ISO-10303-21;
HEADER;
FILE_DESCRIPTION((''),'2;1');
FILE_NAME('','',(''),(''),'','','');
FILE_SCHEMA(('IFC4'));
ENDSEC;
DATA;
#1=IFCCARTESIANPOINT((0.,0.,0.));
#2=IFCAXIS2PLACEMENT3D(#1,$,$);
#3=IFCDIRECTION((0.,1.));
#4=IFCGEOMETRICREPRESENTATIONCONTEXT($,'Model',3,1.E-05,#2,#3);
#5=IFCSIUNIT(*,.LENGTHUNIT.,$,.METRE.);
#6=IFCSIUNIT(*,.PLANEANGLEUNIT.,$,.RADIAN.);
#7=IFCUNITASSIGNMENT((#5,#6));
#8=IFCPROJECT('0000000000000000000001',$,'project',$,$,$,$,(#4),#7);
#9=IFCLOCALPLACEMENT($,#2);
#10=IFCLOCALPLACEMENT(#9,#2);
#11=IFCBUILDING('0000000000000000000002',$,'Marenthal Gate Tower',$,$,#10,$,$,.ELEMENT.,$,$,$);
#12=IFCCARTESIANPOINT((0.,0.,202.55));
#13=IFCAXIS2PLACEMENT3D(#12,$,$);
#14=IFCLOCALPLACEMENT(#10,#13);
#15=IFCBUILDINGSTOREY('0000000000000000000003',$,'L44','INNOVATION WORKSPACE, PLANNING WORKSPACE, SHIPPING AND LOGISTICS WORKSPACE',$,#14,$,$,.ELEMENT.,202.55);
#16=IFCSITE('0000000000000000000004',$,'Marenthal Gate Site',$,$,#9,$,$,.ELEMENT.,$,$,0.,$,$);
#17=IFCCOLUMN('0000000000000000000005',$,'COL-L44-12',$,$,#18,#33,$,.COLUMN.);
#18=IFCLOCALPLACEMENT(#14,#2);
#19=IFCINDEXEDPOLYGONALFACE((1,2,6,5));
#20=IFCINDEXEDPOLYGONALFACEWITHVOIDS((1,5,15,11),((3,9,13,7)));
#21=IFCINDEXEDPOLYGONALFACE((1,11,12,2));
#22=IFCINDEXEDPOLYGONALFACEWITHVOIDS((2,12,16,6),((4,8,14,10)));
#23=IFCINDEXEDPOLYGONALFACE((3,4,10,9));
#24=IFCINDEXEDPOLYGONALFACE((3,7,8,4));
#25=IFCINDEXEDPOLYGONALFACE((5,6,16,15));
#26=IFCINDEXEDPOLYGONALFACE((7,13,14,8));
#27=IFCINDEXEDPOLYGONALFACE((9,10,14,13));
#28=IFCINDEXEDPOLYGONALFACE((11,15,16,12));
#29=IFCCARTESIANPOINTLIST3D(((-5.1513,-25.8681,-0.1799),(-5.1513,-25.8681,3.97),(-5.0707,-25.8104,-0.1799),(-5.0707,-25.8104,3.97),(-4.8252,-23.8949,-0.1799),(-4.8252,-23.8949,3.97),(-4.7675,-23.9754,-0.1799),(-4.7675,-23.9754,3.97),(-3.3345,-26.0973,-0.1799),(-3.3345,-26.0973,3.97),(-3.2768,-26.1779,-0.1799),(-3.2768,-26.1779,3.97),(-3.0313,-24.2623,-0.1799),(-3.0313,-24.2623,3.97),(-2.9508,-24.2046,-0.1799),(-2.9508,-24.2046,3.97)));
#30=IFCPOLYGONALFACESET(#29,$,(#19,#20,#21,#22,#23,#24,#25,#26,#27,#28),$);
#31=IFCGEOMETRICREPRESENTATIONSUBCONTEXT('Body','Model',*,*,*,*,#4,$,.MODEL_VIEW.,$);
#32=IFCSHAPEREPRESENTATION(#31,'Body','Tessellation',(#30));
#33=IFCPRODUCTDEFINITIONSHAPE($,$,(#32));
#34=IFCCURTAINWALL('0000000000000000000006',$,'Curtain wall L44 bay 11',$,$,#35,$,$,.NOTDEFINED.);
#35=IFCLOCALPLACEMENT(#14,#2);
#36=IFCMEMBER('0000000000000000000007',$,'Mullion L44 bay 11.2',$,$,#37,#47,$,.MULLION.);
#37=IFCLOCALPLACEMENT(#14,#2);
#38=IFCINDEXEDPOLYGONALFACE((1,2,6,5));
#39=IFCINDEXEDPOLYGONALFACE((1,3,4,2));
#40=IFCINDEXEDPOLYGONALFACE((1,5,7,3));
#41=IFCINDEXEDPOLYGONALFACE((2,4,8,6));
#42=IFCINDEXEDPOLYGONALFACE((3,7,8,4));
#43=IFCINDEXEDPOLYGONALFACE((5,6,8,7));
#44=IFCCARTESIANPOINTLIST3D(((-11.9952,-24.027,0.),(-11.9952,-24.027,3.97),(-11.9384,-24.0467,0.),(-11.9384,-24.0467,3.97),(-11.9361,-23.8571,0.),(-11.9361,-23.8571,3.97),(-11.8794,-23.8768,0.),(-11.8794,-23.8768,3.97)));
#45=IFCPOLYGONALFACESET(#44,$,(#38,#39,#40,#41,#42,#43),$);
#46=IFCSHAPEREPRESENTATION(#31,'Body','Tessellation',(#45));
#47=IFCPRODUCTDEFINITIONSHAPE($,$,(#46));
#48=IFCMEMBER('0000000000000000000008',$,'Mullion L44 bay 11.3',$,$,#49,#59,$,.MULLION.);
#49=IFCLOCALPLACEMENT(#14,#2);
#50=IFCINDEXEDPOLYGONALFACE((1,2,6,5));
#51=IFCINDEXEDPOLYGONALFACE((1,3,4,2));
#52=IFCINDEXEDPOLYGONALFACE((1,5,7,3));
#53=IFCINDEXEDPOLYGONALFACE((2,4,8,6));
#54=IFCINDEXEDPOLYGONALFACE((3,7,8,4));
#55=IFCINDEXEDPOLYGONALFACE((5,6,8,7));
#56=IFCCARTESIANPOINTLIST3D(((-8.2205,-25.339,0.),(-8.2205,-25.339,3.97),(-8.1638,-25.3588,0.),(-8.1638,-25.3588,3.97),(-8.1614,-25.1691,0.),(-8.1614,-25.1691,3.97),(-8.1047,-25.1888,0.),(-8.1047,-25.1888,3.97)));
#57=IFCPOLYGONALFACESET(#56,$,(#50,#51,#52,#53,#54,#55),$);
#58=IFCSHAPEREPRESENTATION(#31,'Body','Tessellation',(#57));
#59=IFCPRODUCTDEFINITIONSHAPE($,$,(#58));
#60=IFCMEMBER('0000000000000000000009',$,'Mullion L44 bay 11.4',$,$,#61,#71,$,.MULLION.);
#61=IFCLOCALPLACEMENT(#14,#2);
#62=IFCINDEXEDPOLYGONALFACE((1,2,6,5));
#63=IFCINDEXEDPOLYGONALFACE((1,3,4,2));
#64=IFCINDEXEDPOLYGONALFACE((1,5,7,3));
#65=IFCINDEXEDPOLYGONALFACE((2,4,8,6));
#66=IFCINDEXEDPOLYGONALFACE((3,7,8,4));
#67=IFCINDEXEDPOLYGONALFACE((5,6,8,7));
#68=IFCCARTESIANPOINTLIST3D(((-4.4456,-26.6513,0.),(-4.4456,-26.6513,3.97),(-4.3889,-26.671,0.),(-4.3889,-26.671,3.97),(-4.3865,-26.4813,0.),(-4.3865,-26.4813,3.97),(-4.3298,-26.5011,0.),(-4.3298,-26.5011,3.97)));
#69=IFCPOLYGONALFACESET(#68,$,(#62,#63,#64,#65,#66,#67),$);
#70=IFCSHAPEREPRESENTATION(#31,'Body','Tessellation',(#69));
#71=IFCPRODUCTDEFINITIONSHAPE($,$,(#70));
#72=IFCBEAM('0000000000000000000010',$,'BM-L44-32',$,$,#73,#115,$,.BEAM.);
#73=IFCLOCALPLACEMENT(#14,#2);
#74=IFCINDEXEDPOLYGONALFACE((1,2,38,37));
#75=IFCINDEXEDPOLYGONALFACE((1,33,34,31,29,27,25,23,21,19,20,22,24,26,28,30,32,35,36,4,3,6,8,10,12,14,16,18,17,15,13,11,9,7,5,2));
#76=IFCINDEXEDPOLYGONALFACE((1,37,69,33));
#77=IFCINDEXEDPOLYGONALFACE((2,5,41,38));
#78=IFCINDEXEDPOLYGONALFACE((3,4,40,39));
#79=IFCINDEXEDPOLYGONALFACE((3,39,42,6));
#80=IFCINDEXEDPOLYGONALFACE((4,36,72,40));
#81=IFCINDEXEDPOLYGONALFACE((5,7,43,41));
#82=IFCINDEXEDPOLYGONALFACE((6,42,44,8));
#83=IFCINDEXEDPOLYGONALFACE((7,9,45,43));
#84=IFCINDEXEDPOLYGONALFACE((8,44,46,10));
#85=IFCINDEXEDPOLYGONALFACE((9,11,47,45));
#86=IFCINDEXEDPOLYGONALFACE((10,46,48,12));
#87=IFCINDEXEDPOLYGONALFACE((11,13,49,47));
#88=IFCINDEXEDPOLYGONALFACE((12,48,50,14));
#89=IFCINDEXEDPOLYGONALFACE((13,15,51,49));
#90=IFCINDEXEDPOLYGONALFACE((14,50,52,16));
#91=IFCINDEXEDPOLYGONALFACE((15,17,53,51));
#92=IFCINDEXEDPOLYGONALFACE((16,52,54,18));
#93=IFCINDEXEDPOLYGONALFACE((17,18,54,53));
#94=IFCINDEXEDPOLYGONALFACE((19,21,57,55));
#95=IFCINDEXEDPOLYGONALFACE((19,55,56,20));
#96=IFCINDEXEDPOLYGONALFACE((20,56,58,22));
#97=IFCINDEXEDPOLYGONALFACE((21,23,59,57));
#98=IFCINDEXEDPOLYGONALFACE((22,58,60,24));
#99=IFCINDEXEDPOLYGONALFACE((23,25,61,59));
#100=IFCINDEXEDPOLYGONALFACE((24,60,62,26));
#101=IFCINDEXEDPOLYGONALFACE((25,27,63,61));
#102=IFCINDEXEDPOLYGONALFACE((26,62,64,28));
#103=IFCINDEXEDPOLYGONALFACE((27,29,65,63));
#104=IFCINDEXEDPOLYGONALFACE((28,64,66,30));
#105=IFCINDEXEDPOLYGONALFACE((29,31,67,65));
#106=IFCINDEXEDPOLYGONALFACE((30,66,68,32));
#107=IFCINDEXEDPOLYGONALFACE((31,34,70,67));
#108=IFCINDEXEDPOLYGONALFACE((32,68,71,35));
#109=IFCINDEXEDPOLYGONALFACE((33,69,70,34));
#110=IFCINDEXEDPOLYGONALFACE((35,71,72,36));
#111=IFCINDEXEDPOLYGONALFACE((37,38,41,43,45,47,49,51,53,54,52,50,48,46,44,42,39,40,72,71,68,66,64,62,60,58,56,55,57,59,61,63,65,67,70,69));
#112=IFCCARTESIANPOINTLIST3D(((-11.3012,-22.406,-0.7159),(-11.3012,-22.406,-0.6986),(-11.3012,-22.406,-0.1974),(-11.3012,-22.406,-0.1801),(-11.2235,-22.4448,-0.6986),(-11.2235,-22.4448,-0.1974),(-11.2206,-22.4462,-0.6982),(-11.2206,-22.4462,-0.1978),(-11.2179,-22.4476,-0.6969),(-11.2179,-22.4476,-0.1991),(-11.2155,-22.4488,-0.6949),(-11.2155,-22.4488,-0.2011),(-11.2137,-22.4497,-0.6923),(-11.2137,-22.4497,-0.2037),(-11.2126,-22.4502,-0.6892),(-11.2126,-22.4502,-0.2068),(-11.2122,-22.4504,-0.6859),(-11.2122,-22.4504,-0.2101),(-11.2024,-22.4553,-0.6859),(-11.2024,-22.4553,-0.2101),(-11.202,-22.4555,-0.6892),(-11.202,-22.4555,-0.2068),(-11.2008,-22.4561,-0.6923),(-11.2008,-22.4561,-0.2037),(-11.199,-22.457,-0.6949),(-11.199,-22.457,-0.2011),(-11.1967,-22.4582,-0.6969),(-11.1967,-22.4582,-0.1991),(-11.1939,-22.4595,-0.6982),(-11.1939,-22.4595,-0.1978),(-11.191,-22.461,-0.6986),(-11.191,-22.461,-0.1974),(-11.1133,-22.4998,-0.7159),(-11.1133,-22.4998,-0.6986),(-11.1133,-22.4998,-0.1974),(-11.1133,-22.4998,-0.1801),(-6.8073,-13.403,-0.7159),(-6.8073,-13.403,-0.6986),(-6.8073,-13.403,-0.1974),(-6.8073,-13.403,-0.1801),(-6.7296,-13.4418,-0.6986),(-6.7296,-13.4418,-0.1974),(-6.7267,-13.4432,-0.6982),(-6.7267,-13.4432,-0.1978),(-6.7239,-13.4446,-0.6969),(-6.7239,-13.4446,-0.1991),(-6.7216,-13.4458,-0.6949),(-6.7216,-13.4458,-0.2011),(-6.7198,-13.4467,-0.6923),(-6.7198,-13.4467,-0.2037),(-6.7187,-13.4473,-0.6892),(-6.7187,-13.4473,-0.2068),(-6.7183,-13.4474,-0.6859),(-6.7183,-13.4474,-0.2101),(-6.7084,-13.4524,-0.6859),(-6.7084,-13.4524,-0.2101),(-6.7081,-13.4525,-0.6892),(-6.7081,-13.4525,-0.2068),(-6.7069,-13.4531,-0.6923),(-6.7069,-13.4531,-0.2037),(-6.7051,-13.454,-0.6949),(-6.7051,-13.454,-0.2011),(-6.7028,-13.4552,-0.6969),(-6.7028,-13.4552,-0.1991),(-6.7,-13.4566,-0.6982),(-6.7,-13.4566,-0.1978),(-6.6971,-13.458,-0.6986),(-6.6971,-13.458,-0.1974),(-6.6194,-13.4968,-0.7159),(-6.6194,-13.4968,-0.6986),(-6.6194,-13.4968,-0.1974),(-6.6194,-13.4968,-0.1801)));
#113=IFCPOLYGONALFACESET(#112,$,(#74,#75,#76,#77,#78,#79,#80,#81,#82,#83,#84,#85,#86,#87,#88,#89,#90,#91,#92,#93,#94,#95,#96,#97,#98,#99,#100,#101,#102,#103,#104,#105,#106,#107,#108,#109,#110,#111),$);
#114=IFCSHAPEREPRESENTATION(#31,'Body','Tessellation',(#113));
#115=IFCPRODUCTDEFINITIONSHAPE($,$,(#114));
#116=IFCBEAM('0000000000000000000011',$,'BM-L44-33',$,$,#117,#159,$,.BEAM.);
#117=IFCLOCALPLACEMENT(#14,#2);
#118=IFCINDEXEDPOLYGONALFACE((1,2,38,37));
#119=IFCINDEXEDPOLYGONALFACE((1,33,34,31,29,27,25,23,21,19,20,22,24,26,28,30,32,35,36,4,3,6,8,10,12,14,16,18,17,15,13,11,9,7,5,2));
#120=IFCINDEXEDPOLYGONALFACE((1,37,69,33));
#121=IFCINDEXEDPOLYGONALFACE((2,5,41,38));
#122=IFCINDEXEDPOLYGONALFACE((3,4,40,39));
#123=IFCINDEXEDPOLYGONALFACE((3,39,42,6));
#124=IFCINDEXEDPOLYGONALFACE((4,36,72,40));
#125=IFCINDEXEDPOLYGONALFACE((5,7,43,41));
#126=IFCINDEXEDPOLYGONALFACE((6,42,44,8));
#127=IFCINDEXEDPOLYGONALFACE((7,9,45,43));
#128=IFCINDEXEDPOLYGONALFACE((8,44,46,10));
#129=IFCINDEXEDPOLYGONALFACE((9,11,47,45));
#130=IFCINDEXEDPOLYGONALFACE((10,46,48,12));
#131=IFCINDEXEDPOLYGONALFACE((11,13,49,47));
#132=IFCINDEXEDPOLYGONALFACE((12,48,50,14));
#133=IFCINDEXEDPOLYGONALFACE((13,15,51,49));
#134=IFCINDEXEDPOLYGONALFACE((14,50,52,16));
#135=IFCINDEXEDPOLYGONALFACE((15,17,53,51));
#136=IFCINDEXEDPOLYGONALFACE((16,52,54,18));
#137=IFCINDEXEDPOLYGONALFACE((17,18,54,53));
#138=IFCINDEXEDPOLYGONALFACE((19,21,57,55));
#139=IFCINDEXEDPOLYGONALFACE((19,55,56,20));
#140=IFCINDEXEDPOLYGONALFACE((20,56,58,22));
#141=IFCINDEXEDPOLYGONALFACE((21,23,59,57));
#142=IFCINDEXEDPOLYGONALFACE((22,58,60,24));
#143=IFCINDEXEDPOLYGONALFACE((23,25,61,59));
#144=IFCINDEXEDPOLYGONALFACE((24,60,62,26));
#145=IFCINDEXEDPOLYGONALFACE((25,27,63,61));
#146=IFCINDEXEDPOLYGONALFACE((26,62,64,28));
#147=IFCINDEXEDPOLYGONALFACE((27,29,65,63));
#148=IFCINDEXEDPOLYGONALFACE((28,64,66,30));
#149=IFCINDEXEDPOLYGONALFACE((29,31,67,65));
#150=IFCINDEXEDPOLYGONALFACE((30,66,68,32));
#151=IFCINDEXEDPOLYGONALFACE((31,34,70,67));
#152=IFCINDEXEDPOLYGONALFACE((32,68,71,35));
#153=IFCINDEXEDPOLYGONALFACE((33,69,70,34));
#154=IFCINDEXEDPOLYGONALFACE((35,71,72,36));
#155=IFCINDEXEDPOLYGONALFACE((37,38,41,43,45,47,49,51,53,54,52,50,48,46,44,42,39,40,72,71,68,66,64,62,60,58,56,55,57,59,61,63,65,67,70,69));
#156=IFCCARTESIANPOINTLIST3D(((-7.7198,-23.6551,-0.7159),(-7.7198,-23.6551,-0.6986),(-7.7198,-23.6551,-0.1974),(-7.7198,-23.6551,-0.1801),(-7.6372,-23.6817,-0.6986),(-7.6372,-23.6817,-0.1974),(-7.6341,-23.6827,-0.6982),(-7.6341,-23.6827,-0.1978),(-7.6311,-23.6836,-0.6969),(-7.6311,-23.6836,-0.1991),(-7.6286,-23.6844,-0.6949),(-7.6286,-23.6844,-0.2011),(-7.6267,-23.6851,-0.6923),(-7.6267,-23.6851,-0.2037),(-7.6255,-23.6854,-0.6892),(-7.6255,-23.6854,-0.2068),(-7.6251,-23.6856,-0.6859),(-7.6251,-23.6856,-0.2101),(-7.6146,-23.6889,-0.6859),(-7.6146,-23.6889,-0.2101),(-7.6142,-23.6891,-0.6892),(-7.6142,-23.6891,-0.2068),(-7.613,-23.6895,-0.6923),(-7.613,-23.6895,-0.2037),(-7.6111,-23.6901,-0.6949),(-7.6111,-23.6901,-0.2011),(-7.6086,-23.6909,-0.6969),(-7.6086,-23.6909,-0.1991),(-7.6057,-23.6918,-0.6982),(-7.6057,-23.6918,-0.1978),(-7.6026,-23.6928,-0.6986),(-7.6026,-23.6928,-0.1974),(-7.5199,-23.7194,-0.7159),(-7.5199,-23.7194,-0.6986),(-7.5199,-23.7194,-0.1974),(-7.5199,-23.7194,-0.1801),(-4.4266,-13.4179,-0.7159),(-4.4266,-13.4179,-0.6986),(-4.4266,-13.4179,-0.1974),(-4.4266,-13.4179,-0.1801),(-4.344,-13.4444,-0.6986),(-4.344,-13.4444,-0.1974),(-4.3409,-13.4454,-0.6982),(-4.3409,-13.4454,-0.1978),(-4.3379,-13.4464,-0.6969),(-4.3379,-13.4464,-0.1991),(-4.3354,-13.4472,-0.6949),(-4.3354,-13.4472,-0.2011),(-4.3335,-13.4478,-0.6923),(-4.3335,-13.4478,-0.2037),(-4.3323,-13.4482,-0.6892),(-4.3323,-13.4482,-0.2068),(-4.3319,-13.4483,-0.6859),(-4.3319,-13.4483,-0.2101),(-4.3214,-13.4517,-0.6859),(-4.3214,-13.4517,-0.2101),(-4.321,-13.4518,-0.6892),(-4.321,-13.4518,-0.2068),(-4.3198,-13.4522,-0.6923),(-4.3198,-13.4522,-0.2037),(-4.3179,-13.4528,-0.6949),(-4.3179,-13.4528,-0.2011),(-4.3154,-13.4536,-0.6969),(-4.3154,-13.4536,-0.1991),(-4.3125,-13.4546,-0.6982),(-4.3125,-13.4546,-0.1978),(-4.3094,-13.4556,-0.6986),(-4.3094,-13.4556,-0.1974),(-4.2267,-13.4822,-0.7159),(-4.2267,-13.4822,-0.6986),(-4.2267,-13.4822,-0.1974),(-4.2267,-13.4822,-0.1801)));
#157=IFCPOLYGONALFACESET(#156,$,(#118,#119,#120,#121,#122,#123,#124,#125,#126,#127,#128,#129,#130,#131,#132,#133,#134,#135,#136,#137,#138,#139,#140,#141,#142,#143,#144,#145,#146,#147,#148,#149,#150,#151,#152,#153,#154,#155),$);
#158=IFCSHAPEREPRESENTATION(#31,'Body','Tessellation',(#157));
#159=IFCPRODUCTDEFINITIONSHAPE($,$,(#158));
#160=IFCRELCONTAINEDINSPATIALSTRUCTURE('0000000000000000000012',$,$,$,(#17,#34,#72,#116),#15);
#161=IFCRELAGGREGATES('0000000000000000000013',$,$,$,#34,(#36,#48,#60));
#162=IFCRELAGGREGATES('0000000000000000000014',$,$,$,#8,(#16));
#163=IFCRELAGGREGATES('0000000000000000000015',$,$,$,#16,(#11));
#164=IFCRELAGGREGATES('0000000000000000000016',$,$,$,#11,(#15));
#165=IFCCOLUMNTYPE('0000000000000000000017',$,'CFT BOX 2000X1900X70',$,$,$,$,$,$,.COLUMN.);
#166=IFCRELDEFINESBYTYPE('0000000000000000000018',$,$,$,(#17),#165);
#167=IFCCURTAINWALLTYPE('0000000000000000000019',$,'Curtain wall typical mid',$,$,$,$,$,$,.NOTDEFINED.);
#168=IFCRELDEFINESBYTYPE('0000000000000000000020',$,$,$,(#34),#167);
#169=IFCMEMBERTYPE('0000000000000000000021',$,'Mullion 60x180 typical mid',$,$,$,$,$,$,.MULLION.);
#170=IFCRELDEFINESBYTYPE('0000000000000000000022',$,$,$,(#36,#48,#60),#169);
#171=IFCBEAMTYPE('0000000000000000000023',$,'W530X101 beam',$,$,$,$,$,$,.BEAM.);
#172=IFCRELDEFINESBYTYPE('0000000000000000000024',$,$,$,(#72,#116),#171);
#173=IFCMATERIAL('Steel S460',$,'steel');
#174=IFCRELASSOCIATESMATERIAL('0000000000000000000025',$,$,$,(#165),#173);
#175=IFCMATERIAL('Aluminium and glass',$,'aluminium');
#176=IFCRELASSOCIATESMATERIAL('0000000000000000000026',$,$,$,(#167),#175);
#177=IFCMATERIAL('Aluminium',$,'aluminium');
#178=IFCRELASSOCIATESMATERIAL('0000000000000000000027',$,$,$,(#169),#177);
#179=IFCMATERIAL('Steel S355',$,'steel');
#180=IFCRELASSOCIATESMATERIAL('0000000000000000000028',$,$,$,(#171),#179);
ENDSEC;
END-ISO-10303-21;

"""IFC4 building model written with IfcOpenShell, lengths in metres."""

from ifc_helpers import new_model, si_unit, direction, frame, origin, origin_2d, place, context, subcontext, project, spatial, rectangle, hollow_rectangle, i_section, extrude, material, material_profile, profile_set, type_object, element, aggregate, save


model = new_model("IFC4")

# Units and contexts
model_context = context("Model", 3, precision=1e-05, world=origin(), true_north=direction((0.0, 1.0)))
body_context = subcontext(model_context, "Body", "Model", "MODEL_VIEW")
ifc_project = project(units=[si_unit("LENGTHUNIT", "METRE"), si_unit("PLANEANGLEUNIT", "RADIAN")], contexts=[model_context])

# Site, building, storey
site_placement = place(None, origin())
site = spatial("IfcSite", under=ifc_project, at=site_placement, Name="Marenthal Gate Site", CompositionType="ELEMENT", RefElevation=0.0)
building_placement = place(site_placement, origin())
building = spatial("IfcBuilding", under=site, at=building_placement, Name="Marenthal Gate Tower", CompositionType="ELEMENT")
storey_placement = place(building_placement, frame((0.0, 0.0, 202.55)))
storey = spatial("IfcBuildingStorey", under=building, at=storey_placement, Name="L44", Description="INNOVATION WORKSPACE, PLANNING WORKSPACE, SHIPPING AND LOGISTICS WORKSPACE", CompositionType="ELEMENT", Elevation=202.55)

# Column
ifc_material_1 = material(Name="Steel S460", Category="steel")
ifc_material_profile_1 = material_profile(ifc_material_1, hollow_rectangle(XDim=1.8999, YDim=2.0, WallThickness=0.0701, at=origin_2d()), Name="CFT BOX 2000X1900X70")
ifc_material_2 = material(Name="Concrete 70 MPa", Category="concrete")
ifc_material_profile_2 = material_profile(ifc_material_2, rectangle(XDim=1.76, YDim=1.8601, at=origin_2d()), Name="CFT BOX 2000X1900X70 INFILL")
ifc_profile_set_1 = profile_set([ifc_material_profile_1, ifc_material_profile_2], Name="Steel S460 shell, Concrete 70 MPa infill")
column_type = type_object("IfcColumnType", Name="CFT BOX 2000X1900X70", PredefinedType="COLUMN", material=ifc_profile_set_1)
column_placement = place(storey_placement, frame((-4.051, -25.0364, -0.1799), z_axis=(0.0, 0.0, 1.0), x_axis=(-0.986621, 0.16303, 0.0)))
element("IfcColumn", 1, at=column_placement, inside=storey, type_object=column_type, Name="COL-L44-12", PredefinedType="COLUMN", context=body_context, shape_type="SweptSolid", body=[
    extrude(hollow_rectangle(XDim=1.8999, YDim=2.0, WallThickness=0.0701, at=origin_2d()), origin(), (0.0, 0.0, 1.0), 4.1499),
])

# Curtain wall, members
ifc_material_3 = material(Name="Aluminium and glass", Category="aluminium")
curtain_wall_type = type_object("IfcCurtainWallType", Name="Curtain wall typical mid", PredefinedType="NOTDEFINED", material=ifc_material_3)
curtain_wall_placement = place(storey_placement, origin())
curtain_wall = element("IfcCurtainWall", 2, at=curtain_wall_placement, inside=storey, type_object=curtain_wall_type, Name="Curtain wall L44 bay 11", PredefinedType="NOTDEFINED")
ifc_material_4 = material(Name="Aluminium", Category="aluminium")
ifc_material_profile_3 = material_profile(ifc_material_4, rectangle(XDim=0.1799, YDim=0.0601, at=origin_2d()), Name="60x180 aluminium mullion")
ifc_profile_set_2 = profile_set([ifc_material_profile_3], Name="Aluminium")
member_type = type_object("IfcMemberType", Name="Mullion 60x180 typical mid", PredefinedType="MULLION", material=ifc_profile_set_2)
member_1_placement = place(storey_placement, frame((-11.9373, -23.9519, 0.0), z_axis=(0.0, 0.0, 1.0), x_axis=(0.328332, 0.944562, 0.0)))
member_1 = element("IfcMember", 3, at=member_1_placement, type_object=member_type, Name="Mullion L44 bay 11.2", PredefinedType="MULLION", context=body_context, shape_type="SweptSolid", body=[
    extrude(rectangle(XDim=0.1799, YDim=0.0601, at=origin_2d()), origin(), (0.0, 0.0, 1.0), 3.97),
])
member_2_placement = place(storey_placement, frame((-8.1626, -25.2639, 0.0), z_axis=(0.0, 0.0, 1.0), x_axis=(0.328332, 0.944562, 0.0)))
member_2 = element("IfcMember", 4, at=member_2_placement, type_object=member_type, Name="Mullion L44 bay 11.3", PredefinedType="MULLION", context=body_context, shape_type="SweptSolid", body=[
    extrude(rectangle(XDim=0.1799, YDim=0.0601, at=origin_2d()), origin(), (0.0, 0.0, 1.0), 3.97),
])
member_3_placement = place(storey_placement, frame((-4.3877, -26.5762, 0.0), z_axis=(0.0, 0.0, 1.0), x_axis=(0.328332, 0.944562, 0.0)))
member_3 = element("IfcMember", 5, at=member_3_placement, type_object=member_type, Name="Mullion L44 bay 11.4", PredefinedType="MULLION", context=body_context, shape_type="SweptSolid", body=[
    extrude(rectangle(XDim=0.1799, YDim=0.0601, at=origin_2d()), origin(), (0.0, 0.0, 1.0), 3.97),
])

# Beams
ifc_material_5 = material(Name="Steel S355", Category="steel")
ifc_material_profile_4 = material_profile(ifc_material_5, i_section(OverallWidth=0.21, OverallDepth=0.5359, WebThickness=0.011, FlangeThickness=0.0173, FilletRadius=0.0127, at=origin_2d()), Name="W530X101")
ifc_profile_set_3 = profile_set([ifc_material_profile_4], Name="Steel S355")
beam_type_1 = type_object("IfcBeamType", Name="W530X101 beam", PredefinedType="BEAM", material=ifc_profile_set_3)
beam_1_placement = place(storey_placement, frame((-11.2073, -22.4529, -0.448), z_axis=(0.446612, 0.894728, 0.0), x_axis=(-0.894728, 0.446612, 0.0)))
element("IfcBeam", 6, at=beam_1_placement, inside=storey, type_object=beam_type_1, Name="BM-L44-32", PredefinedType="BEAM", context=body_context, shape_type="SweptSolid", body=[
    extrude(i_section(OverallWidth=0.21, OverallDepth=0.5359, WebThickness=0.011, FlangeThickness=0.0173, FilletRadius=0.0127, at=origin_2d()), origin(), (0.0, 0.0, 1.0), 10.0623),
])
beam_2_placement = place(storey_placement, frame((-7.6199, -23.6873, -0.448), z_axis=(0.306233, 0.951957, 0.0), x_axis=(-0.951957, 0.306233, 0.0)))
element("IfcBeam", 7, at=beam_2_placement, inside=storey, type_object=beam_type_1, Name="BM-L44-33", PredefinedType="BEAM", context=body_context, shape_type="SweptSolid", body=[
    extrude(i_section(OverallWidth=0.21, OverallDepth=0.5359, WebThickness=0.011, FlangeThickness=0.0173, FilletRadius=0.0127, at=origin_2d()), origin(), (0.0, 0.0, 1.0), 10.7539),
])

aggregate(curtain_wall, [member_1, member_2, member_3])

save(model, "model.ifc")
